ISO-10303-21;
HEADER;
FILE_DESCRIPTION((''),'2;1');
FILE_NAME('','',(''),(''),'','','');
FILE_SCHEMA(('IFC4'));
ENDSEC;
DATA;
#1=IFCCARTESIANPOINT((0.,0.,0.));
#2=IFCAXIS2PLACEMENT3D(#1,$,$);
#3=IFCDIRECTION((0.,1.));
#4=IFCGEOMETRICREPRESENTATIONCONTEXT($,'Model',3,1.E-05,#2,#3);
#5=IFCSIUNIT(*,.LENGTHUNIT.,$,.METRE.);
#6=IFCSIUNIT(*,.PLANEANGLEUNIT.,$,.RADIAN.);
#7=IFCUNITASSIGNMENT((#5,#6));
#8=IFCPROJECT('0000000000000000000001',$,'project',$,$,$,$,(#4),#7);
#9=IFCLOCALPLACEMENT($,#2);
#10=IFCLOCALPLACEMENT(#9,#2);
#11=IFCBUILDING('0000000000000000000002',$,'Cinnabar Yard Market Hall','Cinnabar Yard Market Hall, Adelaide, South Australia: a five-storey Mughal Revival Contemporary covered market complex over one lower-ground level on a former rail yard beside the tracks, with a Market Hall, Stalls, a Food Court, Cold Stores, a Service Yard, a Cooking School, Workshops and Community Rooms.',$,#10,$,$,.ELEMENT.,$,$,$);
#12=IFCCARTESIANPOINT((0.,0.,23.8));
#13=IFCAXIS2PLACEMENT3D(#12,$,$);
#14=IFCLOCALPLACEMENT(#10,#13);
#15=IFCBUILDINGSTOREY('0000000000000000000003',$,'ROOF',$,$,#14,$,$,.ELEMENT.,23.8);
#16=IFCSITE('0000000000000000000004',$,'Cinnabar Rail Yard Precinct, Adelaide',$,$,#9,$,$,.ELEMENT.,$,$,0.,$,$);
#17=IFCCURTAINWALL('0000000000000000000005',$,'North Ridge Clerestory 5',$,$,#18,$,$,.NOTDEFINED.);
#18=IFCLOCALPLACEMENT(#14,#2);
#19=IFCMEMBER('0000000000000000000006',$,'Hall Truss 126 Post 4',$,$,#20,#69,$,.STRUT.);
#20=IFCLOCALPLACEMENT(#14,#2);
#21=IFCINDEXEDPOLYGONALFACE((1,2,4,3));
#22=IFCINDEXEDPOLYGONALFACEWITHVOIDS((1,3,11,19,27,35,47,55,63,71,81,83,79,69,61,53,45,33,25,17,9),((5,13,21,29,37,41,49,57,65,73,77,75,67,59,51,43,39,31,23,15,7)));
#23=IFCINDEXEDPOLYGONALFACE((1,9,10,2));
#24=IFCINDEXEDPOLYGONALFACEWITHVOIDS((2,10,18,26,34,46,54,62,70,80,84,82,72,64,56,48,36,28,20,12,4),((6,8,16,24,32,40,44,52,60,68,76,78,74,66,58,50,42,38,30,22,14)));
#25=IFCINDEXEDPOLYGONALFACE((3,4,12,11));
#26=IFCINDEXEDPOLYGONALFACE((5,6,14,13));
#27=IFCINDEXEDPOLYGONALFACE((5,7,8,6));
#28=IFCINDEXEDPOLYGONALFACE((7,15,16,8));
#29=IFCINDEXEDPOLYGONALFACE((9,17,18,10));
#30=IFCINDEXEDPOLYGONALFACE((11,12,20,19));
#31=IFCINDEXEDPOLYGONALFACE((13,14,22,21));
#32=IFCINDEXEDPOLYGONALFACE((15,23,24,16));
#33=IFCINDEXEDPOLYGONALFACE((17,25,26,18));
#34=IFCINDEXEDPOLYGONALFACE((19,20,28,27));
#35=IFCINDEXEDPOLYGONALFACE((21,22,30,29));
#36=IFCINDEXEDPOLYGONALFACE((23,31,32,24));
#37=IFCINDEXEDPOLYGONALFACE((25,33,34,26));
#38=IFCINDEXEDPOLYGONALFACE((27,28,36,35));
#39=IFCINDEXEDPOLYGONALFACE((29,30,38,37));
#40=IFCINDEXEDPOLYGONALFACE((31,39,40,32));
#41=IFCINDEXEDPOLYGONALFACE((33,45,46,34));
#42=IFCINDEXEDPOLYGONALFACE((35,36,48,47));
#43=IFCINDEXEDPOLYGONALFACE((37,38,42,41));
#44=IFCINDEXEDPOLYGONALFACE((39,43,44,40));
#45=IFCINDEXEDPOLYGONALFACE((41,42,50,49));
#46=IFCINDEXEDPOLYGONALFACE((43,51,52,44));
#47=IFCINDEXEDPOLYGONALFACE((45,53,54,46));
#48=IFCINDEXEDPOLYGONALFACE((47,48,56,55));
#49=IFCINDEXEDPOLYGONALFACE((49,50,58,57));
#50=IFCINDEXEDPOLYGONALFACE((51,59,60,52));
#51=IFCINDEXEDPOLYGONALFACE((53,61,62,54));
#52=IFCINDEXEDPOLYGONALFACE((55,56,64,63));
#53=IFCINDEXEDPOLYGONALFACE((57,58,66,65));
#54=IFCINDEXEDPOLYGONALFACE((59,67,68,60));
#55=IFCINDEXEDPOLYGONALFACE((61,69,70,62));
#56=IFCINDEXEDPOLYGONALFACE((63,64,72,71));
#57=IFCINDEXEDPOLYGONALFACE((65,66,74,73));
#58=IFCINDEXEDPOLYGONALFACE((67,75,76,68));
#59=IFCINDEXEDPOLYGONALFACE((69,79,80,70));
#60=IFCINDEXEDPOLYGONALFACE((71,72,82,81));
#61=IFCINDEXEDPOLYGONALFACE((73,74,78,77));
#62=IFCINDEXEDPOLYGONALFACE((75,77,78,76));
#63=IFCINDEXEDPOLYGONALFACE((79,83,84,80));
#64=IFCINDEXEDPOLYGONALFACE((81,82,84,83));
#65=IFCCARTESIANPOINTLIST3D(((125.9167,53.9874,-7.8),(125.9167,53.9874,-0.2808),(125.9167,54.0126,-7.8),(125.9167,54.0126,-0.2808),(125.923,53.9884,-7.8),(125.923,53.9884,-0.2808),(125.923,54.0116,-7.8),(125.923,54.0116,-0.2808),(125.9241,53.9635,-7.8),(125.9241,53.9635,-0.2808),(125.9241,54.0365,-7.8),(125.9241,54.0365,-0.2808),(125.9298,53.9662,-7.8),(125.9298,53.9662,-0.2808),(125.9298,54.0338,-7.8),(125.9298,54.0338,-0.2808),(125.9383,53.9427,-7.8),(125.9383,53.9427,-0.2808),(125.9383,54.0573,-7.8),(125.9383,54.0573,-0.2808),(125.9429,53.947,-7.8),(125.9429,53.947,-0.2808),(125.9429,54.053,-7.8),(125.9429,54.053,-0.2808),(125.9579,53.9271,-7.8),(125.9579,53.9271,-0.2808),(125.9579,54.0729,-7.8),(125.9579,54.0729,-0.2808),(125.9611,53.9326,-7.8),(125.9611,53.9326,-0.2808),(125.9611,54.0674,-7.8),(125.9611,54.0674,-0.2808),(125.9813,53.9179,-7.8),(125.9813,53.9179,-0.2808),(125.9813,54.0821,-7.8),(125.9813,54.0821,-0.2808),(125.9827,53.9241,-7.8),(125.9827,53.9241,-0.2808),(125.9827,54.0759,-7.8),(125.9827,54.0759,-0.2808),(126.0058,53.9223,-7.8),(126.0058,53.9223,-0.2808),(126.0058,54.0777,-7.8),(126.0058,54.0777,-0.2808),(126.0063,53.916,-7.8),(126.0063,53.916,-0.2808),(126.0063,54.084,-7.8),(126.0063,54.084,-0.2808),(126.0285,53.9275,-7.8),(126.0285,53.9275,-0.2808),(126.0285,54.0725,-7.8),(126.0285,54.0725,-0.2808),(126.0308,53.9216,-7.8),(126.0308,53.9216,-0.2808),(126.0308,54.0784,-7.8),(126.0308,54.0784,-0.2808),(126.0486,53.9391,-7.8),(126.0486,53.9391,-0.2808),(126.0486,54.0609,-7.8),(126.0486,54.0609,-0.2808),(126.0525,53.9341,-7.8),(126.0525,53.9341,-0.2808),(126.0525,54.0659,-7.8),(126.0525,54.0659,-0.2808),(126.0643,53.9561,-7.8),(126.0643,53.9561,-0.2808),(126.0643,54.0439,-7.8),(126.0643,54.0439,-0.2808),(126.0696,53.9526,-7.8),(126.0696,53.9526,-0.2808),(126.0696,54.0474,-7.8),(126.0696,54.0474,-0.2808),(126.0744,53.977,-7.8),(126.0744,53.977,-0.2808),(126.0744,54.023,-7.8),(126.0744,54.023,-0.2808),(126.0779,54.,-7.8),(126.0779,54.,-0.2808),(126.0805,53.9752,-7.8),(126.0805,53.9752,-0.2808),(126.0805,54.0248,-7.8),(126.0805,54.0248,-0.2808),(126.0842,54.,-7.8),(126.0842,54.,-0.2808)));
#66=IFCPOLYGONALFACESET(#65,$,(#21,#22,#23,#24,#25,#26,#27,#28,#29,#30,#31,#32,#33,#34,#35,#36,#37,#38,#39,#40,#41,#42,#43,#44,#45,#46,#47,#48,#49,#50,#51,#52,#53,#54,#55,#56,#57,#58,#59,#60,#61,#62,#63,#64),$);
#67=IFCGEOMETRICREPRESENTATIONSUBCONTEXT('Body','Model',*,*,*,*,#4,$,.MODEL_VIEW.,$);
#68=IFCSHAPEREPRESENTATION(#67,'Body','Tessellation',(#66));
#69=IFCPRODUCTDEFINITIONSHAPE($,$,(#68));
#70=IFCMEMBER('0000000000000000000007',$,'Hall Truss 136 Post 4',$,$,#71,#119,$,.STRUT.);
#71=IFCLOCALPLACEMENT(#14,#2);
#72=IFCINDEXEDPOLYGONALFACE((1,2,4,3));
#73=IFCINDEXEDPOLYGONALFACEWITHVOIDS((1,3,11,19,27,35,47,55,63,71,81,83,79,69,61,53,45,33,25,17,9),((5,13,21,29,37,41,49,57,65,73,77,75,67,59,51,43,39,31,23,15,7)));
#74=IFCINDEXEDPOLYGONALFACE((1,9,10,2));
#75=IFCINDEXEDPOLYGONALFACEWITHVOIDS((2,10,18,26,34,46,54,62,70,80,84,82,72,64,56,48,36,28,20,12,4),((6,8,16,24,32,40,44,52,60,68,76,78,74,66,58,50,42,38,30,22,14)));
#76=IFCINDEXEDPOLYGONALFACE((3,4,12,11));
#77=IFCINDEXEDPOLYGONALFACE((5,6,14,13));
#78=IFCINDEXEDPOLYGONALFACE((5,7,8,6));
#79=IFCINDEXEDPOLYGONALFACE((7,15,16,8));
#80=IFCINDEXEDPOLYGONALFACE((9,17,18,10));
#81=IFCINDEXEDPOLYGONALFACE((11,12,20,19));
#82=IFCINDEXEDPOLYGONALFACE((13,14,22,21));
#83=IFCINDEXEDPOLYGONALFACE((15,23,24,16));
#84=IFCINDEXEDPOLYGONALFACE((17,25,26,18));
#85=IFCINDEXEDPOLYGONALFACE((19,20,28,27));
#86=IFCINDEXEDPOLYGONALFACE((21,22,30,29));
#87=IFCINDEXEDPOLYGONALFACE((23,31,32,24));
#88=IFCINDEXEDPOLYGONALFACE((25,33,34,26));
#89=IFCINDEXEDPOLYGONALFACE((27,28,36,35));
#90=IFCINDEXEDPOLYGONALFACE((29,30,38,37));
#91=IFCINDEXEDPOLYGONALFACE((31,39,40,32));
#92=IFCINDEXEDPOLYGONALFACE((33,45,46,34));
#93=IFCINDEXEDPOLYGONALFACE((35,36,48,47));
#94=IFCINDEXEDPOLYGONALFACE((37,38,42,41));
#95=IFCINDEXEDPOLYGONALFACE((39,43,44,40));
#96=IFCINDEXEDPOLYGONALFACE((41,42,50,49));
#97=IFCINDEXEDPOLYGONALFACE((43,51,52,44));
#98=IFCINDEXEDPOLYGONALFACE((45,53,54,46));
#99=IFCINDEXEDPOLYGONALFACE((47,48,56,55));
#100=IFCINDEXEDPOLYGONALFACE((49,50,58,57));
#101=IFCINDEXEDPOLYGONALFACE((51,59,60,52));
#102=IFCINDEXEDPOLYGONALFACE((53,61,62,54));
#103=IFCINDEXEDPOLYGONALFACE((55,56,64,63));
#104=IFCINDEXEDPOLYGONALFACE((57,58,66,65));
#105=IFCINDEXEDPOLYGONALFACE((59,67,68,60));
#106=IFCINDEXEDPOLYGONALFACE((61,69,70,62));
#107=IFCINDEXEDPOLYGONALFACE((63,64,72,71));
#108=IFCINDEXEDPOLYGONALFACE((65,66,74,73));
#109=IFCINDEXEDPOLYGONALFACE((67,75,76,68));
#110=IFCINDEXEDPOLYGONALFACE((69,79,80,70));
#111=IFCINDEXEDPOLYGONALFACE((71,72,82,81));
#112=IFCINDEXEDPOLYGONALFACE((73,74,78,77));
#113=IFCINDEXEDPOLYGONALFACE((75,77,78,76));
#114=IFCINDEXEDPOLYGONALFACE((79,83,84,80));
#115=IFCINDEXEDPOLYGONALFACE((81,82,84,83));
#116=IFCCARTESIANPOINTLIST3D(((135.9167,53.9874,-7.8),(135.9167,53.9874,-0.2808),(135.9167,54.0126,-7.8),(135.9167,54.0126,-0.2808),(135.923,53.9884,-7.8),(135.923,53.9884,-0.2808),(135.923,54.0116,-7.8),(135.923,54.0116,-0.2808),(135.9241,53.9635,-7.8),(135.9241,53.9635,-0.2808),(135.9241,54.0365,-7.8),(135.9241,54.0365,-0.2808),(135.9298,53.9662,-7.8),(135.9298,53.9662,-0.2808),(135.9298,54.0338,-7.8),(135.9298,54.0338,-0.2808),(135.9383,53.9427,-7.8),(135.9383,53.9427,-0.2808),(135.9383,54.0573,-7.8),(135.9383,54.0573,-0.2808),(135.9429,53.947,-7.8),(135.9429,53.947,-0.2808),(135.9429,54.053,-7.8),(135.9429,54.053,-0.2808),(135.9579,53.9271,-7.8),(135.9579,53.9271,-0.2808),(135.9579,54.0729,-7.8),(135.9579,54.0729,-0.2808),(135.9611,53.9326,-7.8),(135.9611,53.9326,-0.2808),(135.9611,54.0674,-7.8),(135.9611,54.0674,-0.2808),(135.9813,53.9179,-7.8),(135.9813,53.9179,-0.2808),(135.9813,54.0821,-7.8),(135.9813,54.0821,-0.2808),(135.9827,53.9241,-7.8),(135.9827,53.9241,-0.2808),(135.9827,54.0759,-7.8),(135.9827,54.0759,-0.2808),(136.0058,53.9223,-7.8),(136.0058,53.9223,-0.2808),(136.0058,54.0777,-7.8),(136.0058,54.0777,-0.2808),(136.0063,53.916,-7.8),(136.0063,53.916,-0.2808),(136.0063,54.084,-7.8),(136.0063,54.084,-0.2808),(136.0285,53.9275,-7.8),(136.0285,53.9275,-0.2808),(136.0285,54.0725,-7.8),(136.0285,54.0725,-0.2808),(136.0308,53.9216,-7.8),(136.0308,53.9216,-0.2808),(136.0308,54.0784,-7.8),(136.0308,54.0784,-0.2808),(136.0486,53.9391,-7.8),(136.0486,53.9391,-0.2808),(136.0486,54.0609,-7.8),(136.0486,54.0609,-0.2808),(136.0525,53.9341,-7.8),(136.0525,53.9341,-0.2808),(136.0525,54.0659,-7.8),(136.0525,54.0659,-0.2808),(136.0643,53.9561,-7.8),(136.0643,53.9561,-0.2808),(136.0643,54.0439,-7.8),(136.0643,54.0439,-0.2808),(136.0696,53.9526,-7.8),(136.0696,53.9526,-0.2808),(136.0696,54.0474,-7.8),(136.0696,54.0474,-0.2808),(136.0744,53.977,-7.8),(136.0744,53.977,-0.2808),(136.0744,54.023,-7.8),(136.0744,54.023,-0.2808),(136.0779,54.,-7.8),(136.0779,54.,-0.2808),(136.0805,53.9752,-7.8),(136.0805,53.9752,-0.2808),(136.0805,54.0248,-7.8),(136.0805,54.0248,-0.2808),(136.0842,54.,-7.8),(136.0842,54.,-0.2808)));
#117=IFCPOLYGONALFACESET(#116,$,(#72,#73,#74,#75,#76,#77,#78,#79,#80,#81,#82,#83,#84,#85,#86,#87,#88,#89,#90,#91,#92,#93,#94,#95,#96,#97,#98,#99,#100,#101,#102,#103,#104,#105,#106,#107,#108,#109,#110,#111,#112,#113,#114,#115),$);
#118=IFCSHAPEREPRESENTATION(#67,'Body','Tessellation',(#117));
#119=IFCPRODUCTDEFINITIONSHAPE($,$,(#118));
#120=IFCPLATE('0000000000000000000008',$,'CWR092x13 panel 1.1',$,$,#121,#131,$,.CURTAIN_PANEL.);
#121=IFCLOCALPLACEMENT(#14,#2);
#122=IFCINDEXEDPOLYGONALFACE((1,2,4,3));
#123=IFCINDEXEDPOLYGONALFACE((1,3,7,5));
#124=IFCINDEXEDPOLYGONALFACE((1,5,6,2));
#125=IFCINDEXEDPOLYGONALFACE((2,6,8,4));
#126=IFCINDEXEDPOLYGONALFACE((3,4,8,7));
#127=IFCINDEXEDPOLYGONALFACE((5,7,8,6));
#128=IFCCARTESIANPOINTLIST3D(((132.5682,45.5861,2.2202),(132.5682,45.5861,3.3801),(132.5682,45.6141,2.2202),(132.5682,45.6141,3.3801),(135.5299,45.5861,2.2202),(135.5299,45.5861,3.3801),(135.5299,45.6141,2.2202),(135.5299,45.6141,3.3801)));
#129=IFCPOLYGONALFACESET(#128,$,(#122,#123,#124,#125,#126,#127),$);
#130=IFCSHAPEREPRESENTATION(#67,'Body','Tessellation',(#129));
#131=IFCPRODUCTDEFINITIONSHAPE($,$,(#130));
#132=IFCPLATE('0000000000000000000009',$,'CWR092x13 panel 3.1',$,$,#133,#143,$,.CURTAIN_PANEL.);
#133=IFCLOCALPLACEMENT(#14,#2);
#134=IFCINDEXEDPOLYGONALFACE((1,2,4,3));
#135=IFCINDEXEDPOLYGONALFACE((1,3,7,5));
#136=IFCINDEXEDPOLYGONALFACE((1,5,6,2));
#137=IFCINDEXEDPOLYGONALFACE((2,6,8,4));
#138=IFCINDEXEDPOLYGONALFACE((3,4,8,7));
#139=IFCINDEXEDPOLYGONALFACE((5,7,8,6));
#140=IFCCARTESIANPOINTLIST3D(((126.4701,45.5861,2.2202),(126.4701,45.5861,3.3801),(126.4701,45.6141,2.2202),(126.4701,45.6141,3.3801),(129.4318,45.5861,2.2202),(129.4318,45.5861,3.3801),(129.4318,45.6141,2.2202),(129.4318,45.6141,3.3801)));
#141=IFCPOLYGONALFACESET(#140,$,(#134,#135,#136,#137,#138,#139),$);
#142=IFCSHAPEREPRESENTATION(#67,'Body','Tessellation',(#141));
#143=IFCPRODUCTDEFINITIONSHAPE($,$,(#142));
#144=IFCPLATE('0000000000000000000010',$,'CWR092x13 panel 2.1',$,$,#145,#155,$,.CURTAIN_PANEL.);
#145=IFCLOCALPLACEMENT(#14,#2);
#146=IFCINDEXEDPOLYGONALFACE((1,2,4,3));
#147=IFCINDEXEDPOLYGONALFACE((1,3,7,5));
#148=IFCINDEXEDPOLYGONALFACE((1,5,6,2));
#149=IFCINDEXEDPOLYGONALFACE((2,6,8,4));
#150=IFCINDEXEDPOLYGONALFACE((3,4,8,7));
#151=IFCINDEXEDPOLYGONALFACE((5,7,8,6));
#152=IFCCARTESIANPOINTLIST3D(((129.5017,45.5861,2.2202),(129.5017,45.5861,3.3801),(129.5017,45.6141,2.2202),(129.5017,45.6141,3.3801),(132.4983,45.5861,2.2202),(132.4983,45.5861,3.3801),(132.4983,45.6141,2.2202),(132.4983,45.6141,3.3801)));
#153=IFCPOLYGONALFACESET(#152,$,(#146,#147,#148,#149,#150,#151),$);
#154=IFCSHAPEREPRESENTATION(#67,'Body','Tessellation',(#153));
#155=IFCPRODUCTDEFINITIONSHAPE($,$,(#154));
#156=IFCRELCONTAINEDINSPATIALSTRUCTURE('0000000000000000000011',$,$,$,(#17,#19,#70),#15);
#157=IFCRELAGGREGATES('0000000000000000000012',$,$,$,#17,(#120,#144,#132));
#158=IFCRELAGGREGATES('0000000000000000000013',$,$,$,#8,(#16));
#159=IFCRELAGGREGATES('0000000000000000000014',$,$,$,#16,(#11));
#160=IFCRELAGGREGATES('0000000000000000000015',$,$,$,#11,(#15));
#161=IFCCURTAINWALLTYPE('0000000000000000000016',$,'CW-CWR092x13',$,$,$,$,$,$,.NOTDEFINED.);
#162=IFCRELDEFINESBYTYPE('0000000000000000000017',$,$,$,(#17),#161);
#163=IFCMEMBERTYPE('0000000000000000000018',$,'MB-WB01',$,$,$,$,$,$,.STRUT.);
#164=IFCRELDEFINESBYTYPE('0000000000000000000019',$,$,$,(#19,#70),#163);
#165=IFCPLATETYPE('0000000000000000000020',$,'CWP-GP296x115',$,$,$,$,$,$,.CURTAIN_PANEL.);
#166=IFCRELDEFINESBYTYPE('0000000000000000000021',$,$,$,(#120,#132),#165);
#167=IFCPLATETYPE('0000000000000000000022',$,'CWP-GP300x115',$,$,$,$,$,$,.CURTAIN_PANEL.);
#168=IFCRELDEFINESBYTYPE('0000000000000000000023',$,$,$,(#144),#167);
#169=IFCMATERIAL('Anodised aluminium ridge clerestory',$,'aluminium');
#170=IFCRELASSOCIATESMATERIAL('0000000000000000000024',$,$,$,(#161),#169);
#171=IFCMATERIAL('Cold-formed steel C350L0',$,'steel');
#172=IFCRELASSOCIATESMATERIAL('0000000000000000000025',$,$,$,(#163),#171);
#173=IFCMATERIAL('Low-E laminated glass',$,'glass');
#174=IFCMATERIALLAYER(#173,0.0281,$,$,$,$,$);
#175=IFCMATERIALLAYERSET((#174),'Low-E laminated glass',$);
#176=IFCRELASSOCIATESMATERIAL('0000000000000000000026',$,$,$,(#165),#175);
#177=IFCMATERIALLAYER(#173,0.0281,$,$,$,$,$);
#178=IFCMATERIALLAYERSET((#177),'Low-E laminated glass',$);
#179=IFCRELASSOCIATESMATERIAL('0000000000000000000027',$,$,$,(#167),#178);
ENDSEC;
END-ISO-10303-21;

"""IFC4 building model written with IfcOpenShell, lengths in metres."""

from ifc_helpers import new_model, si_unit, direction, frame, origin, origin_2d_with_axis, place, context, subcontext, project, spatial, rectangle, hollow_circle, extrude, material, layer, layer_set, material_profile, profile_set, type_object, element, aggregate, save


model = new_model("IFC4")

# Units and contexts
model_context = context("Model", 3, precision=1e-05, world=origin(), true_north=direction((0.0, 1.0)))
body_context = subcontext(model_context, "Body", "Model", "MODEL_VIEW")
ifc_project = project(units=[si_unit("LENGTHUNIT", "METRE"), si_unit("PLANEANGLEUNIT", "RADIAN")], contexts=[model_context])

# Site, building, storey
site_placement = place(None, origin())
site = spatial("IfcSite", under=ifc_project, at=site_placement, Name="Cinnabar Rail Yard Precinct, Adelaide", CompositionType="ELEMENT", RefElevation=0.0)
building_placement = place(site_placement, origin())
building = spatial("IfcBuilding", under=site, at=building_placement, Name="Cinnabar Yard Market Hall", Description="Cinnabar Yard Market Hall, Adelaide, South Australia: a five-storey Mughal Revival Contemporary covered market complex over one lower-ground level on a former rail yard beside the tracks, with a Market Hall, Stalls, a Food Court, Cold Stores, a Service Yard, a Cooking School, Workshops and Community Rooms.", CompositionType="ELEMENT")
storey_placement = place(building_placement, frame((0.0, 0.0, 23.8)))
storey = spatial("IfcBuildingStorey", under=building, at=storey_placement, Name="ROOF", CompositionType="ELEMENT", Elevation=23.8)

# Curtain wall
ifc_material_1 = material(Name="Anodised aluminium ridge clerestory", Category="aluminium")
curtain_wall_type = type_object("IfcCurtainWallType", Name="CW-CWR092x13", PredefinedType="NOTDEFINED", material=ifc_material_1)
curtain_wall_placement = place(storey_placement, origin())
curtain_wall = element("IfcCurtainWall", 1, at=curtain_wall_placement, inside=storey, type_object=curtain_wall_type, Name="North Ridge Clerestory 5", PredefinedType="NOTDEFINED")

# Members
ifc_material_2 = material(Name="Cold-formed steel C350L0", Category="steel")
ifc_material_profile_1 = material_profile(ifc_material_2, hollow_circle(Radius=0.0842, WallThickness=0.0063, at=origin_2d_with_axis()), Name="168.3x6.4CHS")
ifc_profile_set_1 = profile_set([ifc_material_profile_1], Name="Cold-formed steel C350L0")
member_type_1 = type_object("IfcMemberType", Name="MB-WB01", PredefinedType="STRUT", material=ifc_profile_set_1)
for number, where, z_axis, x_axis, name in (
    (2, (126.0, 54.0, -7.8), (0.0, 0.0, 1.0), (1.0, 0.0, 0.0), "Hall Truss 126 Post 4"),
    (3, (136.0, 54.0, -7.8), (0.0, 0.0, 1.0), (1.0, 0.0, 0.0), "Hall Truss 136 Post 4"),
):
    element("IfcMember", number, at=place(storey_placement, frame(where, z_axis=z_axis, x_axis=x_axis)), inside=storey, type_object=member_type_1, Name=name, PredefinedType="STRUT", context=body_context, shape_type="SweptSolid", body=[
        extrude(hollow_circle(Radius=0.0842, WallThickness=0.0063, at=origin_2d_with_axis()), origin(), (0.0, 0.0, 1.0), 7.5193),
    ])

# Plates
ifc_material_3 = material(Name="Low-E laminated glass", Category="glass")
ifc_layer_1 = layer(ifc_material_3, 0.0281)
ifc_layer_set_1 = layer_set([ifc_layer_1], Name="Low-E laminated glass")
plate_type_1 = type_object("IfcPlateType", Name="CWP-GP296x115", PredefinedType="CURTAIN_PANEL", material=ifc_layer_set_1)
plate_1_placement = place(storey_placement, frame((134.0491, 45.6001, 2.2202), z_axis=(0.0, 0.0, 1.0), x_axis=(-1.0, 0.0, 0.0)))
plate_1 = element("IfcPlate", 4, at=plate_1_placement, type_object=plate_type_1, Name="CWR092x13 panel 1.1", PredefinedType="CURTAIN_PANEL", context=body_context, shape_type="SweptSolid", body=[
    extrude(rectangle(XDim=2.9617, YDim=0.0281, at=origin_2d_with_axis()), origin(), (0.0, 0.0, 1.0), 1.1599),
])
plate_2_placement = place(storey_placement, frame((127.9509, 45.6001, 2.2202), z_axis=(0.0, 0.0, 1.0), x_axis=(-1.0, 0.0, 0.0)))
plate_2 = element("IfcPlate", 5, at=plate_2_placement, type_object=plate_type_1, Name="CWR092x13 panel 3.1", PredefinedType="CURTAIN_PANEL", context=body_context, shape_type="SweptSolid", body=[
    extrude(rectangle(XDim=2.9617, YDim=0.0281, at=origin_2d_with_axis()), origin(), (0.0, 0.0, 1.0), 1.1599),
])
ifc_layer_2 = layer(ifc_material_3, 0.0281)
ifc_layer_set_2 = layer_set([ifc_layer_2], Name="Low-E laminated glass")
plate_type_2 = type_object("IfcPlateType", Name="CWP-GP300x115", PredefinedType="CURTAIN_PANEL", material=ifc_layer_set_2)
plate_3_placement = place(storey_placement, frame((131.0, 45.6001, 2.2202), z_axis=(0.0, 0.0, 1.0), x_axis=(-1.0, 0.0, 0.0)))
plate_3 = element("IfcPlate", 6, at=plate_3_placement, type_object=plate_type_2, Name="CWR092x13 panel 2.1", PredefinedType="CURTAIN_PANEL", context=body_context, shape_type="SweptSolid", body=[
    extrude(rectangle(XDim=2.9966, YDim=0.0281, at=origin_2d_with_axis()), origin(), (0.0, 0.0, 1.0), 1.1599),
])
aggregate(curtain_wall, [plate_1, plate_3, plate_2])

save(model, "model.ifc")
